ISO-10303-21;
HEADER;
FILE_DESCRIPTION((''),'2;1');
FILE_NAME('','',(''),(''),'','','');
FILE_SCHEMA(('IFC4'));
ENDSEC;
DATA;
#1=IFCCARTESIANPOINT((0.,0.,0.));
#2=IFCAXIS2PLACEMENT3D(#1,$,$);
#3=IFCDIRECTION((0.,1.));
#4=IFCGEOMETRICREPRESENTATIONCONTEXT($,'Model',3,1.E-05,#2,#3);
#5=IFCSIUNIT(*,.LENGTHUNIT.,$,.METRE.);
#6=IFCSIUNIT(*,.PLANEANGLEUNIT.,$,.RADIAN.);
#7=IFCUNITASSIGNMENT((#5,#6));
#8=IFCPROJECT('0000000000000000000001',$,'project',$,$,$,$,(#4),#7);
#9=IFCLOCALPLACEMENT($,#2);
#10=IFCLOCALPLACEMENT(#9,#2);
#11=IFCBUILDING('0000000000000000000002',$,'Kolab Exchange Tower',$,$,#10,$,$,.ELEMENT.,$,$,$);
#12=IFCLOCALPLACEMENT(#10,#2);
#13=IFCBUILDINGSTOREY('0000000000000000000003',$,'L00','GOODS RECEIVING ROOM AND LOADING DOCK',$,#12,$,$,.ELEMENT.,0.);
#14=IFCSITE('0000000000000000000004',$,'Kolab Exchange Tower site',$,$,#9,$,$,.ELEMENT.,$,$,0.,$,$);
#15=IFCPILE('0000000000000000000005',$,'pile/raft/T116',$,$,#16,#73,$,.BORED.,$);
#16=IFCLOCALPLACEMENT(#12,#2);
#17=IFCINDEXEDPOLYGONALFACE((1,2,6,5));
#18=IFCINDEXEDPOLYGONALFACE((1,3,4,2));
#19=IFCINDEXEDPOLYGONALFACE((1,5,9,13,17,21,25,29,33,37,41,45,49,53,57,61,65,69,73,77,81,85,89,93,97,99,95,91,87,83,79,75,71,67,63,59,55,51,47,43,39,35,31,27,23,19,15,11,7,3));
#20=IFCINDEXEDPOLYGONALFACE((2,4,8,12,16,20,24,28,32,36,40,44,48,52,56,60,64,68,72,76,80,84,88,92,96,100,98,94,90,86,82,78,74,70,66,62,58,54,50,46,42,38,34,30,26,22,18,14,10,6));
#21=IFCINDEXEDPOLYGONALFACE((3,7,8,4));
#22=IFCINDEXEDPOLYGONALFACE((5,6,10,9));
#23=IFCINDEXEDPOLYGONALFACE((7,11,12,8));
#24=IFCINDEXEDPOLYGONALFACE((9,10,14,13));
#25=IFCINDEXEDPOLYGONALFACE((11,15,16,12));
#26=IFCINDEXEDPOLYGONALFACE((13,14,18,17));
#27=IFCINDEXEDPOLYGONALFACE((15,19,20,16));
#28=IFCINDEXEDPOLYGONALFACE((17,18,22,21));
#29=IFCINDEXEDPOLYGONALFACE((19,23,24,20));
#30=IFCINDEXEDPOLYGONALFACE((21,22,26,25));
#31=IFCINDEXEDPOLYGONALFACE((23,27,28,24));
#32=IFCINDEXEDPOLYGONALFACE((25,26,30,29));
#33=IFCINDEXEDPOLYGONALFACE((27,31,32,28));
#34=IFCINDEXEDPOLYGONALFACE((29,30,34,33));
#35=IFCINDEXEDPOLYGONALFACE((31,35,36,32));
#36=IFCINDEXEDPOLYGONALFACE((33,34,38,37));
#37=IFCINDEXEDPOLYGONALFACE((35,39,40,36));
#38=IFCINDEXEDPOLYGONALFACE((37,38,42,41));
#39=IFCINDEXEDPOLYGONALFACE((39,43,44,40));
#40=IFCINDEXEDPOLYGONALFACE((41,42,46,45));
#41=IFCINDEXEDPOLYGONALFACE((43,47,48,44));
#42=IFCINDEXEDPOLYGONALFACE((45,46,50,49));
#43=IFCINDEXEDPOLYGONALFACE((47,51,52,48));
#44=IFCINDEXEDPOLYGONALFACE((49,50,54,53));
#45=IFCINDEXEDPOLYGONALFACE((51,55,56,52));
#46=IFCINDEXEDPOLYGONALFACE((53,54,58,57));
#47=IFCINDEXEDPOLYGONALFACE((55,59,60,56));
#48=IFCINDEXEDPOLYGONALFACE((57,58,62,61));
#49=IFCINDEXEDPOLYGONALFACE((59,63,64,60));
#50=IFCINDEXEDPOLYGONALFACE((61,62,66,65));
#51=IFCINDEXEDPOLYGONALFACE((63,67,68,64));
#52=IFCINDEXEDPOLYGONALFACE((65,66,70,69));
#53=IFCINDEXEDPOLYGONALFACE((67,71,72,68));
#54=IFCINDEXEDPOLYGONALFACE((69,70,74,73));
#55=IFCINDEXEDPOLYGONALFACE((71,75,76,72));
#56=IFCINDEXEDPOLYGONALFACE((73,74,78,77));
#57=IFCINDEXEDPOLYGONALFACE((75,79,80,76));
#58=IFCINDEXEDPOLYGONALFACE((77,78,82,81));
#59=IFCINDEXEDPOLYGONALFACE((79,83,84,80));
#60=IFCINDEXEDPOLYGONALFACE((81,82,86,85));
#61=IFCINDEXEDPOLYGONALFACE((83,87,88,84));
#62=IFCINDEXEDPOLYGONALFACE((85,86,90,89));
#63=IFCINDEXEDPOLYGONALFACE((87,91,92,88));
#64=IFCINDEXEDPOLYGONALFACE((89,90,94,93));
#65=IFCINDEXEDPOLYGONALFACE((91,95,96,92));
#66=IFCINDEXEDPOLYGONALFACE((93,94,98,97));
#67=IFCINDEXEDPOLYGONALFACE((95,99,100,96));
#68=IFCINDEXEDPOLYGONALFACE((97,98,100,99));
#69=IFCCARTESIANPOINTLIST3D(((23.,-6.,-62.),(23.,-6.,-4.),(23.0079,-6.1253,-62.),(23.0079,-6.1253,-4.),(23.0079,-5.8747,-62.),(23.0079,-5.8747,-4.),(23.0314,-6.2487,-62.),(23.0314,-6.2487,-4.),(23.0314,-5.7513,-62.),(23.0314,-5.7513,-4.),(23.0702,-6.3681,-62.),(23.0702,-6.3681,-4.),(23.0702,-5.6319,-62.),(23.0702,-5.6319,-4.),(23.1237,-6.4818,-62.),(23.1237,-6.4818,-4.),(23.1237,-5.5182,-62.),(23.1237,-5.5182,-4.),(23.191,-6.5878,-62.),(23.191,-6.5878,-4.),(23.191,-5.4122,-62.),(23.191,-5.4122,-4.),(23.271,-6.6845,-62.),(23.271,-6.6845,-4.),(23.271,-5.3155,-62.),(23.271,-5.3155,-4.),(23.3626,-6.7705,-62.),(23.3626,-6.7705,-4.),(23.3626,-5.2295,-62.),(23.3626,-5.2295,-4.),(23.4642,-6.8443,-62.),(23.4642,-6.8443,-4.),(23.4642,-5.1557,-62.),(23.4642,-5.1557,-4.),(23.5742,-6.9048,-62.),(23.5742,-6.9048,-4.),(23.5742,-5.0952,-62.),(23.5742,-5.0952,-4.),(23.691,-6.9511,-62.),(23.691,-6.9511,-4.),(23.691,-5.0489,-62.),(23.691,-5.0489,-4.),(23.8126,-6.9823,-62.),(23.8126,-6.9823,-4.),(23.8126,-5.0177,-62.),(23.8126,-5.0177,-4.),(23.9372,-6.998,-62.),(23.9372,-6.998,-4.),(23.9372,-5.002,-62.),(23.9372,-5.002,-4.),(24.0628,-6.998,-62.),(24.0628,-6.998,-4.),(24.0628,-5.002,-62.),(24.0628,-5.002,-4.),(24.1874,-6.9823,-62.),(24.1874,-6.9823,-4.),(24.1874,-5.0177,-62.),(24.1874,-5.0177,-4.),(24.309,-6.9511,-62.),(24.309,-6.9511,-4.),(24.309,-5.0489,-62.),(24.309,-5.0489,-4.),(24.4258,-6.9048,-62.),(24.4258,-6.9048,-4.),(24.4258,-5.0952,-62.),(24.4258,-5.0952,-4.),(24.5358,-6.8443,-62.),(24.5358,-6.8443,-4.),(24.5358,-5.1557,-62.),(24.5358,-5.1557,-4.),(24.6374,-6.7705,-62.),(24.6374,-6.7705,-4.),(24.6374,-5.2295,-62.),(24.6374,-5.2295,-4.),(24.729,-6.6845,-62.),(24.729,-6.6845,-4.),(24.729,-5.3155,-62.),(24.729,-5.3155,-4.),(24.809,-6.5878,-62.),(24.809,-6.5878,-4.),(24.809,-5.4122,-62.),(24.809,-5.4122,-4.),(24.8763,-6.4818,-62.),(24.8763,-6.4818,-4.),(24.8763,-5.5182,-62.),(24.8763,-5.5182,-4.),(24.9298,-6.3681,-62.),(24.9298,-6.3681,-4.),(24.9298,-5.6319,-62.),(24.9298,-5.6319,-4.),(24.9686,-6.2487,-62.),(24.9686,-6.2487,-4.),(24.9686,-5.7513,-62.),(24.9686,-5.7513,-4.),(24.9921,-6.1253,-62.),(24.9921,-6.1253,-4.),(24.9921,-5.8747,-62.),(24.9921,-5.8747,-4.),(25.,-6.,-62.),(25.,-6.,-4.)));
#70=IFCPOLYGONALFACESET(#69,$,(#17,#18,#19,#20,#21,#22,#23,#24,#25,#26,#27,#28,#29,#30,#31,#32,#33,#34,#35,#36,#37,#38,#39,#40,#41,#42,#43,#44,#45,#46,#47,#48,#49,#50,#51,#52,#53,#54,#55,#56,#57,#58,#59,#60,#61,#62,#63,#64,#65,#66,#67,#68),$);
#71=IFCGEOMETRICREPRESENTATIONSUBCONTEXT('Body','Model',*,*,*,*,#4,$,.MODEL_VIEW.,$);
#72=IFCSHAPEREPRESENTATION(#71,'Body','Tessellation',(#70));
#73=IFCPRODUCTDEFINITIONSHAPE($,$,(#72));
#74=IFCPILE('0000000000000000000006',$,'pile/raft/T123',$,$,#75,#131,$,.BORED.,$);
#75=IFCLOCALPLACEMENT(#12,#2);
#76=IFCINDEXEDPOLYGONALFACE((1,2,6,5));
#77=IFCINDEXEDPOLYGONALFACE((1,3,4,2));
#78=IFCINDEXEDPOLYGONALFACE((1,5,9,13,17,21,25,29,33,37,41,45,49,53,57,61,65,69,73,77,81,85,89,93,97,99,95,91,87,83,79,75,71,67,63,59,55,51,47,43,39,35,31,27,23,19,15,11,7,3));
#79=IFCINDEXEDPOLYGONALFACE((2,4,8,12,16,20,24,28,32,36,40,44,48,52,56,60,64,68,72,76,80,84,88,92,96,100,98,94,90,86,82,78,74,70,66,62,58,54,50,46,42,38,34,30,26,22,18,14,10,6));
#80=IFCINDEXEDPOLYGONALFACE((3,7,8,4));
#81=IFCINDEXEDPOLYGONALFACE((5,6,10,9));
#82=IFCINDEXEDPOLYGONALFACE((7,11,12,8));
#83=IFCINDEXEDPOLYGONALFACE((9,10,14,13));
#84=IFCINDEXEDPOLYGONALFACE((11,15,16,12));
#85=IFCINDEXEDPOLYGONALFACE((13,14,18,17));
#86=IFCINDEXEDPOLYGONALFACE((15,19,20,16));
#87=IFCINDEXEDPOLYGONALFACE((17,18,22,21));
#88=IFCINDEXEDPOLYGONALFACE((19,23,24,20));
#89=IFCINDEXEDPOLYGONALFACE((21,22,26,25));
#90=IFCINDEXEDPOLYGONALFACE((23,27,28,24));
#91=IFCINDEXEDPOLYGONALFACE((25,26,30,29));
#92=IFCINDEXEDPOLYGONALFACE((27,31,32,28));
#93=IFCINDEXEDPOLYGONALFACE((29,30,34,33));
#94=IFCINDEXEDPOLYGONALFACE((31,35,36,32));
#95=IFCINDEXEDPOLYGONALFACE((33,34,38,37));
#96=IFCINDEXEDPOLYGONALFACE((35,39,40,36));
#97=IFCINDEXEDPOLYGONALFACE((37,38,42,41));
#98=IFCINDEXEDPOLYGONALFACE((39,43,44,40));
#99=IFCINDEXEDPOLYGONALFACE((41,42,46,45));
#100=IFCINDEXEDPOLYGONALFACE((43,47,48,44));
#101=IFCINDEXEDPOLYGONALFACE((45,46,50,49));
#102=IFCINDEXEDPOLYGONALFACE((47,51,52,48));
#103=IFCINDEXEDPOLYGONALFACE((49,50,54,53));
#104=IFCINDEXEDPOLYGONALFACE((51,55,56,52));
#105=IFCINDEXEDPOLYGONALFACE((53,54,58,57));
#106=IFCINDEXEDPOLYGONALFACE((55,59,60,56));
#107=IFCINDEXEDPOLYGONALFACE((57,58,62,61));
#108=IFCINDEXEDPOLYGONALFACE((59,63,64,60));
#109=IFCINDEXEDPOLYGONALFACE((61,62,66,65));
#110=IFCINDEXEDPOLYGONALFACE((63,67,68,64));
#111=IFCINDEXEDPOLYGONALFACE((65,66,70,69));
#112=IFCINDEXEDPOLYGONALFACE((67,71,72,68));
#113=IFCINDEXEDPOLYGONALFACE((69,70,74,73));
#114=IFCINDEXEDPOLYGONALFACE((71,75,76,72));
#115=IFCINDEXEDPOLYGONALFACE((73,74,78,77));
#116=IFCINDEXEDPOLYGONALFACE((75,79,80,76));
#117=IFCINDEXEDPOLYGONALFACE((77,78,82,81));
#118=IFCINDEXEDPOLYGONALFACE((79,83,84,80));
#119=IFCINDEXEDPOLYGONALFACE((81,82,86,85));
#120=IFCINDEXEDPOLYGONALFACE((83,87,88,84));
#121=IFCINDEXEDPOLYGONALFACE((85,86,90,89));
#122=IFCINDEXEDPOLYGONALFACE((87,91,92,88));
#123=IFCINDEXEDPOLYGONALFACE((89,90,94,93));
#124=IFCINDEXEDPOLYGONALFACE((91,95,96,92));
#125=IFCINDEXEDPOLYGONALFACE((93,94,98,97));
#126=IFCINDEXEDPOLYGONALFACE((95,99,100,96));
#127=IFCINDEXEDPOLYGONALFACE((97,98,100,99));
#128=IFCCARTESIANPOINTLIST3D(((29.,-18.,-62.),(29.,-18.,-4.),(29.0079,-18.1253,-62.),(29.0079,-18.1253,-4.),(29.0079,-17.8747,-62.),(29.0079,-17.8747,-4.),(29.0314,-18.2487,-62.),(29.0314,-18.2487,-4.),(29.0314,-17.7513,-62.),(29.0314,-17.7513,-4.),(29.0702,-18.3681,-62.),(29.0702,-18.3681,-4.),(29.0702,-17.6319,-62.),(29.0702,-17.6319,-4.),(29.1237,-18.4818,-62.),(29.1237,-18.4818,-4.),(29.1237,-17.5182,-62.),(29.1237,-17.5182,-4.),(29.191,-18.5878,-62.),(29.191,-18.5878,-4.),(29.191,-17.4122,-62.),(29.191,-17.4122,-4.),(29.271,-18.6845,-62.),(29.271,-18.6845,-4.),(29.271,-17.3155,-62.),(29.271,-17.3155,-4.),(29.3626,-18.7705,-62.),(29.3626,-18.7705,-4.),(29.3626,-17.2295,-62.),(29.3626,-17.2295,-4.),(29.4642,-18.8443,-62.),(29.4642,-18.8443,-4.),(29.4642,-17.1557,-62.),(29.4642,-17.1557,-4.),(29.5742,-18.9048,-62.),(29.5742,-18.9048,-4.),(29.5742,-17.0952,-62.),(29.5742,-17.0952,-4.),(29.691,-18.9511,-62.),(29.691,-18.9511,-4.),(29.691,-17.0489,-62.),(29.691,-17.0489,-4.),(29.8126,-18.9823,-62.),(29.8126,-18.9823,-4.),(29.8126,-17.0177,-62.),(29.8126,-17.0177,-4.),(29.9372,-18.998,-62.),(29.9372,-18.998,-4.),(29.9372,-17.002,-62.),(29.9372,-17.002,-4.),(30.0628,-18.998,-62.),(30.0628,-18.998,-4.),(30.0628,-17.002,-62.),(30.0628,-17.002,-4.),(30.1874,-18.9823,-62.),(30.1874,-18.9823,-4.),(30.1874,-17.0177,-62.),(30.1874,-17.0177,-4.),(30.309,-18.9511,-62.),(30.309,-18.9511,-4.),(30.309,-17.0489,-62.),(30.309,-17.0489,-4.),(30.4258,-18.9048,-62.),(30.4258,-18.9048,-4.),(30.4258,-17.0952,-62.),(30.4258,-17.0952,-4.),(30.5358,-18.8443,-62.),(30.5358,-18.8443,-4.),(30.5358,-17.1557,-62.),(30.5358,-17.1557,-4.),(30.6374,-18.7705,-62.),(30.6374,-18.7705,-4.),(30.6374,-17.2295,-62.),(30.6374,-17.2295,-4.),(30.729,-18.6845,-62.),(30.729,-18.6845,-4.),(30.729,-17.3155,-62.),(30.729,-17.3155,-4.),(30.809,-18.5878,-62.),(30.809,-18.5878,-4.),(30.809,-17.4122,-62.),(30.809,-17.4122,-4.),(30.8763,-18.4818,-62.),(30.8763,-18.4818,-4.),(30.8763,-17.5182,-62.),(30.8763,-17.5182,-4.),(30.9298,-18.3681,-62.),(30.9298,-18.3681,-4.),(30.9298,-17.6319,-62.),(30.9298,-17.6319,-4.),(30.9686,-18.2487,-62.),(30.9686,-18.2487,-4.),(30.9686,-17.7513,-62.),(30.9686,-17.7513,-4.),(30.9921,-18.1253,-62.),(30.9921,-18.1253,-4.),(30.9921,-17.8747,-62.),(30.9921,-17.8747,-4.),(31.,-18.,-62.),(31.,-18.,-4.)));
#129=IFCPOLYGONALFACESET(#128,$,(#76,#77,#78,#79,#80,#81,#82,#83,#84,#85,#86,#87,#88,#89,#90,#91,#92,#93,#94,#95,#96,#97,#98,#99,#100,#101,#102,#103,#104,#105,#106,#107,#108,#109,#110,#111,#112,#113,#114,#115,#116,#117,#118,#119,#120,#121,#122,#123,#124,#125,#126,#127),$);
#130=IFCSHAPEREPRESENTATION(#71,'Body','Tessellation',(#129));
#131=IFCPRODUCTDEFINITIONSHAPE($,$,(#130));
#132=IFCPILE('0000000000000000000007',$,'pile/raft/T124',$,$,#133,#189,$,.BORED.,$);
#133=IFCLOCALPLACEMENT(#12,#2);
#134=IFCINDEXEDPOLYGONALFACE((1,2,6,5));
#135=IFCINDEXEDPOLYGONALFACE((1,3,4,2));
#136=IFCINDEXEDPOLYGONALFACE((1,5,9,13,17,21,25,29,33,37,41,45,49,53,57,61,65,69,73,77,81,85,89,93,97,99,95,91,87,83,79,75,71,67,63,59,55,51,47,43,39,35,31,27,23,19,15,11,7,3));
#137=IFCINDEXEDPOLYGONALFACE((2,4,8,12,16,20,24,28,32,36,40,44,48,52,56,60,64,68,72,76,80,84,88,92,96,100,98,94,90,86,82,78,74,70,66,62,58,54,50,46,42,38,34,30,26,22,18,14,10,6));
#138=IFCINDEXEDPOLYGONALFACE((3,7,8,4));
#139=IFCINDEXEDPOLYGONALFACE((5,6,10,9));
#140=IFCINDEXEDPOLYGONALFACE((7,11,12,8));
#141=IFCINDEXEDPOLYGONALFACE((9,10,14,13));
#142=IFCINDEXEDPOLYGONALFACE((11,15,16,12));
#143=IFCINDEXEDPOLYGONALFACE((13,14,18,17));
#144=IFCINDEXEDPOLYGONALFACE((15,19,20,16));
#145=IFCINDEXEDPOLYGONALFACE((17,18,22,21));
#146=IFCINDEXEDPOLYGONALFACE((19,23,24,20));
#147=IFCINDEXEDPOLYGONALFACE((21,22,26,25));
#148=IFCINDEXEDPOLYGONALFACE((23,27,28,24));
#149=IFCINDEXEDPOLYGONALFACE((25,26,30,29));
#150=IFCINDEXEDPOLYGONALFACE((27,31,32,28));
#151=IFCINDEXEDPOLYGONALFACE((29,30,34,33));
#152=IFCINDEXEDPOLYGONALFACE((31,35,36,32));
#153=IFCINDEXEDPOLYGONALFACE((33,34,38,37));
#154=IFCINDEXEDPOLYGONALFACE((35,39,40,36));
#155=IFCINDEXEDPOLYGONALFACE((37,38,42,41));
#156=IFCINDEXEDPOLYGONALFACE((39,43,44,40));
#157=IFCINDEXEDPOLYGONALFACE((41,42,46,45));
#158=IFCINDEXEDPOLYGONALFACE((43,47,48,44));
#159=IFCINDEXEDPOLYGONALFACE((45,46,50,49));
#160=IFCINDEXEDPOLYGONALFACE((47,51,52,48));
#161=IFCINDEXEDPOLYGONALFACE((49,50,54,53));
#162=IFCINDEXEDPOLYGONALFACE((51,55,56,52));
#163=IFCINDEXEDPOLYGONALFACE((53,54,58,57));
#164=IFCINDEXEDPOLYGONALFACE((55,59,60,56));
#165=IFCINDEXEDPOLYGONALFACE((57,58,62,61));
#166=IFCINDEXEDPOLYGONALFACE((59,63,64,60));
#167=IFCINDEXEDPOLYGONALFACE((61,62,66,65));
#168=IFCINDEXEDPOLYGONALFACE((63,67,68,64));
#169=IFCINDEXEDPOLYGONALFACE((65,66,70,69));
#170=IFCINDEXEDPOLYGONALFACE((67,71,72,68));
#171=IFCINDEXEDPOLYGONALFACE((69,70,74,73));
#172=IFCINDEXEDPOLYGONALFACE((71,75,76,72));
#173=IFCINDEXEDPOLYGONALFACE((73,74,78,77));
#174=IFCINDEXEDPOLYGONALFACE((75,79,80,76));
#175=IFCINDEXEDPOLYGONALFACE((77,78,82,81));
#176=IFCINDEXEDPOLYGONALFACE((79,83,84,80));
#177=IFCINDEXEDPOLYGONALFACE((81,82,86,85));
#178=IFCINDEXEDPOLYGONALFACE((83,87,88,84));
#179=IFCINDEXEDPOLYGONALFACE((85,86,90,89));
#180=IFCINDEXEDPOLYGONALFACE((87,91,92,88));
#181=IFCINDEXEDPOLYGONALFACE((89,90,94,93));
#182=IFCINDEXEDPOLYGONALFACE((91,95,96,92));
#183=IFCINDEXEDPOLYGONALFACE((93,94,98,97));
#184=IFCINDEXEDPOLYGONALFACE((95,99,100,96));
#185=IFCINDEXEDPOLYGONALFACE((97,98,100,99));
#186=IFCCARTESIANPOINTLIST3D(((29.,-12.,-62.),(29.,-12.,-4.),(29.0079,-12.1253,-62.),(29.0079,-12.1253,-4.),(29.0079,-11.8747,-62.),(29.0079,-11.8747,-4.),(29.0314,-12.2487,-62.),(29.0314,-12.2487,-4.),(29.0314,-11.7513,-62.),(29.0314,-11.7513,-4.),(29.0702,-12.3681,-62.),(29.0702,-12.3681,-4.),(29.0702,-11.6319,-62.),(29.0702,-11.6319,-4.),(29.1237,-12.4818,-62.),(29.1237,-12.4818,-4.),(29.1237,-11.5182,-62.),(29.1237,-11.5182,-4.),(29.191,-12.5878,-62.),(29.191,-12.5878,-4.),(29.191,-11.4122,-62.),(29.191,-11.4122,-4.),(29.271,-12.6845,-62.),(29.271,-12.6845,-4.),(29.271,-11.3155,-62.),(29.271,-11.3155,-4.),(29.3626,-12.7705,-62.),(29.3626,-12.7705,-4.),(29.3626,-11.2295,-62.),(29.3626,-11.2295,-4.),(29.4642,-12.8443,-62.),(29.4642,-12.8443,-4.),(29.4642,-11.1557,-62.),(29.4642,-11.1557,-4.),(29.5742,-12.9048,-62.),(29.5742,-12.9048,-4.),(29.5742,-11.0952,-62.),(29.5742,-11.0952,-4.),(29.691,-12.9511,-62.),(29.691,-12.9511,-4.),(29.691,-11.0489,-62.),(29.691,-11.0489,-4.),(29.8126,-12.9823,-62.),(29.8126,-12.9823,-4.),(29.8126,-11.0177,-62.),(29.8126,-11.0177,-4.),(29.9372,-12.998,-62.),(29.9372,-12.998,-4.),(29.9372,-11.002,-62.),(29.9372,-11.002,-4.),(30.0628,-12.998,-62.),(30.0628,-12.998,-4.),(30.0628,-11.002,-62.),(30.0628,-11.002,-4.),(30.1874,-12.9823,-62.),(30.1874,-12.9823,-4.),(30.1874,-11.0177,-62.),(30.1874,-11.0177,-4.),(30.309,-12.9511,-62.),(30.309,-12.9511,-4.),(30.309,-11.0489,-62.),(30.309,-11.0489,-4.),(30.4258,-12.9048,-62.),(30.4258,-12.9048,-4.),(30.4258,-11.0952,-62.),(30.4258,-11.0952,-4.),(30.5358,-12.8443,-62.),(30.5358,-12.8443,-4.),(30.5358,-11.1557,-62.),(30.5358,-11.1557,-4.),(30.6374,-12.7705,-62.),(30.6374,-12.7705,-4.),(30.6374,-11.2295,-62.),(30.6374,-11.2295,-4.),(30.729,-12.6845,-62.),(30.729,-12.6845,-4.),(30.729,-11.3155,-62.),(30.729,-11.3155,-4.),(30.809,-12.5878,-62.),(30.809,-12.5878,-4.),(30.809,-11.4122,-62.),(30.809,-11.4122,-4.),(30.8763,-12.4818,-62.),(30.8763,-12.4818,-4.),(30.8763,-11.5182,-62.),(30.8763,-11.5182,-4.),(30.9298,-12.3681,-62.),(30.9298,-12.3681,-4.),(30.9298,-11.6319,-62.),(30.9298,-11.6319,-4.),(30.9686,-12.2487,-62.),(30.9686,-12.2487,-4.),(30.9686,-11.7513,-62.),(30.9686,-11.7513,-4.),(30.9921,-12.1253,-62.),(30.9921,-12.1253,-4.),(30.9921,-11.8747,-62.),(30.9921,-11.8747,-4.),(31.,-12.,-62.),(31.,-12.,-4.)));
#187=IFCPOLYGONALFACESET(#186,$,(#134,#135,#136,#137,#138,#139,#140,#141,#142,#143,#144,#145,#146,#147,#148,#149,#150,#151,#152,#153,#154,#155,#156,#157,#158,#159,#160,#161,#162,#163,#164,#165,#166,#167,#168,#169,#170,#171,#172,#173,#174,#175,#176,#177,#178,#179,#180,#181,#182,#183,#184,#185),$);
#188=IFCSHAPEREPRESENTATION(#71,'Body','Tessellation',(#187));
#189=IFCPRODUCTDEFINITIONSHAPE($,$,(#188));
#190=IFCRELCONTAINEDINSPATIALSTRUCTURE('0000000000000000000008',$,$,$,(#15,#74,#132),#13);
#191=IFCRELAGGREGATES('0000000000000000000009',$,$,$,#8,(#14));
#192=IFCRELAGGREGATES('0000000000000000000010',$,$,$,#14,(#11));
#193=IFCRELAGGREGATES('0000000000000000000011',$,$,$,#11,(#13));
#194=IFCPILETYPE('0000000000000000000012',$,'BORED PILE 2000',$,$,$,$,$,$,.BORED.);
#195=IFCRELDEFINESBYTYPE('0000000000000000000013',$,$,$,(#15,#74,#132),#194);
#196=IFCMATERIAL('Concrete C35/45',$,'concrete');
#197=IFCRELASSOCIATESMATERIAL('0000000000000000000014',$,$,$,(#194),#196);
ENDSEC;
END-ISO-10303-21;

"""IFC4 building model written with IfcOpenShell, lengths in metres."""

from ifc_helpers import new_model, si_unit, direction, frame, origin, origin_2d, place, context, subcontext, project, spatial, circle, extrude, material, material_profile, profile_set, type_object, element, save


model = new_model("IFC4")

# Units and contexts
model_context = context("Model", 3, precision=1e-05, world=origin(), true_north=direction((0.0, 1.0)))
body_context = subcontext(model_context, "Body", "Model", "MODEL_VIEW")
ifc_project = project(units=[si_unit("LENGTHUNIT", "METRE"), si_unit("PLANEANGLEUNIT", "RADIAN")], contexts=[model_context])

# Site, building, storey
site_placement = place(None, origin())
site = spatial("IfcSite", under=ifc_project, at=site_placement, Name="Kolab Exchange Tower site", CompositionType="ELEMENT", RefElevation=0.0)
building_placement = place(site_placement, origin())
building = spatial("IfcBuilding", under=site, at=building_placement, Name="Kolab Exchange Tower", CompositionType="ELEMENT")
storey_placement = place(building_placement, origin())
storey = spatial("IfcBuildingStorey", under=building, at=storey_placement, Name="L00", Description="GOODS RECEIVING ROOM AND LOADING DOCK", CompositionType="ELEMENT", Elevation=0.0)

# Piles
ifc_material_1 = material(Name="Concrete C35/45", Category="concrete")
ifc_material_profile_1 = material_profile(ifc_material_1, circle(Radius=1.0, at=origin_2d()), Name="BP2000")
ifc_profile_set_1 = profile_set([ifc_material_profile_1], Name="Concrete C35/45")
pile_type_1 = type_object("IfcPileType", Name="BORED PILE 2000", PredefinedType="BORED", material=ifc_profile_set_1)
for number, where, z_axis, x_axis, name in (
    (1, (24.0, -6.0, -4.0), (0.0, 0.0, -1.0), (1.0, 0.0, 0.0), "pile/raft/T116"),
    (2, (30.0, -18.0, -4.0), (0.0, 0.0, -1.0), (1.0, 0.0, 0.0), "pile/raft/T123"),
    (3, (30.0, -12.0, -4.0), (0.0, 0.0, -1.0), (1.0, 0.0, 0.0), "pile/raft/T124"),
):
    element("IfcPile", number, at=place(storey_placement, frame(where, z_axis=z_axis, x_axis=x_axis)), inside=storey, type_object=pile_type_1, Name=name, PredefinedType="BORED", context=body_context, shape_type="SweptSolid", body=[
        extrude(circle(Radius=1.0, at=origin_2d()), origin(), (0.0, 0.0, 1.0), 58.0),
    ])

save(model, "model.ifc")
